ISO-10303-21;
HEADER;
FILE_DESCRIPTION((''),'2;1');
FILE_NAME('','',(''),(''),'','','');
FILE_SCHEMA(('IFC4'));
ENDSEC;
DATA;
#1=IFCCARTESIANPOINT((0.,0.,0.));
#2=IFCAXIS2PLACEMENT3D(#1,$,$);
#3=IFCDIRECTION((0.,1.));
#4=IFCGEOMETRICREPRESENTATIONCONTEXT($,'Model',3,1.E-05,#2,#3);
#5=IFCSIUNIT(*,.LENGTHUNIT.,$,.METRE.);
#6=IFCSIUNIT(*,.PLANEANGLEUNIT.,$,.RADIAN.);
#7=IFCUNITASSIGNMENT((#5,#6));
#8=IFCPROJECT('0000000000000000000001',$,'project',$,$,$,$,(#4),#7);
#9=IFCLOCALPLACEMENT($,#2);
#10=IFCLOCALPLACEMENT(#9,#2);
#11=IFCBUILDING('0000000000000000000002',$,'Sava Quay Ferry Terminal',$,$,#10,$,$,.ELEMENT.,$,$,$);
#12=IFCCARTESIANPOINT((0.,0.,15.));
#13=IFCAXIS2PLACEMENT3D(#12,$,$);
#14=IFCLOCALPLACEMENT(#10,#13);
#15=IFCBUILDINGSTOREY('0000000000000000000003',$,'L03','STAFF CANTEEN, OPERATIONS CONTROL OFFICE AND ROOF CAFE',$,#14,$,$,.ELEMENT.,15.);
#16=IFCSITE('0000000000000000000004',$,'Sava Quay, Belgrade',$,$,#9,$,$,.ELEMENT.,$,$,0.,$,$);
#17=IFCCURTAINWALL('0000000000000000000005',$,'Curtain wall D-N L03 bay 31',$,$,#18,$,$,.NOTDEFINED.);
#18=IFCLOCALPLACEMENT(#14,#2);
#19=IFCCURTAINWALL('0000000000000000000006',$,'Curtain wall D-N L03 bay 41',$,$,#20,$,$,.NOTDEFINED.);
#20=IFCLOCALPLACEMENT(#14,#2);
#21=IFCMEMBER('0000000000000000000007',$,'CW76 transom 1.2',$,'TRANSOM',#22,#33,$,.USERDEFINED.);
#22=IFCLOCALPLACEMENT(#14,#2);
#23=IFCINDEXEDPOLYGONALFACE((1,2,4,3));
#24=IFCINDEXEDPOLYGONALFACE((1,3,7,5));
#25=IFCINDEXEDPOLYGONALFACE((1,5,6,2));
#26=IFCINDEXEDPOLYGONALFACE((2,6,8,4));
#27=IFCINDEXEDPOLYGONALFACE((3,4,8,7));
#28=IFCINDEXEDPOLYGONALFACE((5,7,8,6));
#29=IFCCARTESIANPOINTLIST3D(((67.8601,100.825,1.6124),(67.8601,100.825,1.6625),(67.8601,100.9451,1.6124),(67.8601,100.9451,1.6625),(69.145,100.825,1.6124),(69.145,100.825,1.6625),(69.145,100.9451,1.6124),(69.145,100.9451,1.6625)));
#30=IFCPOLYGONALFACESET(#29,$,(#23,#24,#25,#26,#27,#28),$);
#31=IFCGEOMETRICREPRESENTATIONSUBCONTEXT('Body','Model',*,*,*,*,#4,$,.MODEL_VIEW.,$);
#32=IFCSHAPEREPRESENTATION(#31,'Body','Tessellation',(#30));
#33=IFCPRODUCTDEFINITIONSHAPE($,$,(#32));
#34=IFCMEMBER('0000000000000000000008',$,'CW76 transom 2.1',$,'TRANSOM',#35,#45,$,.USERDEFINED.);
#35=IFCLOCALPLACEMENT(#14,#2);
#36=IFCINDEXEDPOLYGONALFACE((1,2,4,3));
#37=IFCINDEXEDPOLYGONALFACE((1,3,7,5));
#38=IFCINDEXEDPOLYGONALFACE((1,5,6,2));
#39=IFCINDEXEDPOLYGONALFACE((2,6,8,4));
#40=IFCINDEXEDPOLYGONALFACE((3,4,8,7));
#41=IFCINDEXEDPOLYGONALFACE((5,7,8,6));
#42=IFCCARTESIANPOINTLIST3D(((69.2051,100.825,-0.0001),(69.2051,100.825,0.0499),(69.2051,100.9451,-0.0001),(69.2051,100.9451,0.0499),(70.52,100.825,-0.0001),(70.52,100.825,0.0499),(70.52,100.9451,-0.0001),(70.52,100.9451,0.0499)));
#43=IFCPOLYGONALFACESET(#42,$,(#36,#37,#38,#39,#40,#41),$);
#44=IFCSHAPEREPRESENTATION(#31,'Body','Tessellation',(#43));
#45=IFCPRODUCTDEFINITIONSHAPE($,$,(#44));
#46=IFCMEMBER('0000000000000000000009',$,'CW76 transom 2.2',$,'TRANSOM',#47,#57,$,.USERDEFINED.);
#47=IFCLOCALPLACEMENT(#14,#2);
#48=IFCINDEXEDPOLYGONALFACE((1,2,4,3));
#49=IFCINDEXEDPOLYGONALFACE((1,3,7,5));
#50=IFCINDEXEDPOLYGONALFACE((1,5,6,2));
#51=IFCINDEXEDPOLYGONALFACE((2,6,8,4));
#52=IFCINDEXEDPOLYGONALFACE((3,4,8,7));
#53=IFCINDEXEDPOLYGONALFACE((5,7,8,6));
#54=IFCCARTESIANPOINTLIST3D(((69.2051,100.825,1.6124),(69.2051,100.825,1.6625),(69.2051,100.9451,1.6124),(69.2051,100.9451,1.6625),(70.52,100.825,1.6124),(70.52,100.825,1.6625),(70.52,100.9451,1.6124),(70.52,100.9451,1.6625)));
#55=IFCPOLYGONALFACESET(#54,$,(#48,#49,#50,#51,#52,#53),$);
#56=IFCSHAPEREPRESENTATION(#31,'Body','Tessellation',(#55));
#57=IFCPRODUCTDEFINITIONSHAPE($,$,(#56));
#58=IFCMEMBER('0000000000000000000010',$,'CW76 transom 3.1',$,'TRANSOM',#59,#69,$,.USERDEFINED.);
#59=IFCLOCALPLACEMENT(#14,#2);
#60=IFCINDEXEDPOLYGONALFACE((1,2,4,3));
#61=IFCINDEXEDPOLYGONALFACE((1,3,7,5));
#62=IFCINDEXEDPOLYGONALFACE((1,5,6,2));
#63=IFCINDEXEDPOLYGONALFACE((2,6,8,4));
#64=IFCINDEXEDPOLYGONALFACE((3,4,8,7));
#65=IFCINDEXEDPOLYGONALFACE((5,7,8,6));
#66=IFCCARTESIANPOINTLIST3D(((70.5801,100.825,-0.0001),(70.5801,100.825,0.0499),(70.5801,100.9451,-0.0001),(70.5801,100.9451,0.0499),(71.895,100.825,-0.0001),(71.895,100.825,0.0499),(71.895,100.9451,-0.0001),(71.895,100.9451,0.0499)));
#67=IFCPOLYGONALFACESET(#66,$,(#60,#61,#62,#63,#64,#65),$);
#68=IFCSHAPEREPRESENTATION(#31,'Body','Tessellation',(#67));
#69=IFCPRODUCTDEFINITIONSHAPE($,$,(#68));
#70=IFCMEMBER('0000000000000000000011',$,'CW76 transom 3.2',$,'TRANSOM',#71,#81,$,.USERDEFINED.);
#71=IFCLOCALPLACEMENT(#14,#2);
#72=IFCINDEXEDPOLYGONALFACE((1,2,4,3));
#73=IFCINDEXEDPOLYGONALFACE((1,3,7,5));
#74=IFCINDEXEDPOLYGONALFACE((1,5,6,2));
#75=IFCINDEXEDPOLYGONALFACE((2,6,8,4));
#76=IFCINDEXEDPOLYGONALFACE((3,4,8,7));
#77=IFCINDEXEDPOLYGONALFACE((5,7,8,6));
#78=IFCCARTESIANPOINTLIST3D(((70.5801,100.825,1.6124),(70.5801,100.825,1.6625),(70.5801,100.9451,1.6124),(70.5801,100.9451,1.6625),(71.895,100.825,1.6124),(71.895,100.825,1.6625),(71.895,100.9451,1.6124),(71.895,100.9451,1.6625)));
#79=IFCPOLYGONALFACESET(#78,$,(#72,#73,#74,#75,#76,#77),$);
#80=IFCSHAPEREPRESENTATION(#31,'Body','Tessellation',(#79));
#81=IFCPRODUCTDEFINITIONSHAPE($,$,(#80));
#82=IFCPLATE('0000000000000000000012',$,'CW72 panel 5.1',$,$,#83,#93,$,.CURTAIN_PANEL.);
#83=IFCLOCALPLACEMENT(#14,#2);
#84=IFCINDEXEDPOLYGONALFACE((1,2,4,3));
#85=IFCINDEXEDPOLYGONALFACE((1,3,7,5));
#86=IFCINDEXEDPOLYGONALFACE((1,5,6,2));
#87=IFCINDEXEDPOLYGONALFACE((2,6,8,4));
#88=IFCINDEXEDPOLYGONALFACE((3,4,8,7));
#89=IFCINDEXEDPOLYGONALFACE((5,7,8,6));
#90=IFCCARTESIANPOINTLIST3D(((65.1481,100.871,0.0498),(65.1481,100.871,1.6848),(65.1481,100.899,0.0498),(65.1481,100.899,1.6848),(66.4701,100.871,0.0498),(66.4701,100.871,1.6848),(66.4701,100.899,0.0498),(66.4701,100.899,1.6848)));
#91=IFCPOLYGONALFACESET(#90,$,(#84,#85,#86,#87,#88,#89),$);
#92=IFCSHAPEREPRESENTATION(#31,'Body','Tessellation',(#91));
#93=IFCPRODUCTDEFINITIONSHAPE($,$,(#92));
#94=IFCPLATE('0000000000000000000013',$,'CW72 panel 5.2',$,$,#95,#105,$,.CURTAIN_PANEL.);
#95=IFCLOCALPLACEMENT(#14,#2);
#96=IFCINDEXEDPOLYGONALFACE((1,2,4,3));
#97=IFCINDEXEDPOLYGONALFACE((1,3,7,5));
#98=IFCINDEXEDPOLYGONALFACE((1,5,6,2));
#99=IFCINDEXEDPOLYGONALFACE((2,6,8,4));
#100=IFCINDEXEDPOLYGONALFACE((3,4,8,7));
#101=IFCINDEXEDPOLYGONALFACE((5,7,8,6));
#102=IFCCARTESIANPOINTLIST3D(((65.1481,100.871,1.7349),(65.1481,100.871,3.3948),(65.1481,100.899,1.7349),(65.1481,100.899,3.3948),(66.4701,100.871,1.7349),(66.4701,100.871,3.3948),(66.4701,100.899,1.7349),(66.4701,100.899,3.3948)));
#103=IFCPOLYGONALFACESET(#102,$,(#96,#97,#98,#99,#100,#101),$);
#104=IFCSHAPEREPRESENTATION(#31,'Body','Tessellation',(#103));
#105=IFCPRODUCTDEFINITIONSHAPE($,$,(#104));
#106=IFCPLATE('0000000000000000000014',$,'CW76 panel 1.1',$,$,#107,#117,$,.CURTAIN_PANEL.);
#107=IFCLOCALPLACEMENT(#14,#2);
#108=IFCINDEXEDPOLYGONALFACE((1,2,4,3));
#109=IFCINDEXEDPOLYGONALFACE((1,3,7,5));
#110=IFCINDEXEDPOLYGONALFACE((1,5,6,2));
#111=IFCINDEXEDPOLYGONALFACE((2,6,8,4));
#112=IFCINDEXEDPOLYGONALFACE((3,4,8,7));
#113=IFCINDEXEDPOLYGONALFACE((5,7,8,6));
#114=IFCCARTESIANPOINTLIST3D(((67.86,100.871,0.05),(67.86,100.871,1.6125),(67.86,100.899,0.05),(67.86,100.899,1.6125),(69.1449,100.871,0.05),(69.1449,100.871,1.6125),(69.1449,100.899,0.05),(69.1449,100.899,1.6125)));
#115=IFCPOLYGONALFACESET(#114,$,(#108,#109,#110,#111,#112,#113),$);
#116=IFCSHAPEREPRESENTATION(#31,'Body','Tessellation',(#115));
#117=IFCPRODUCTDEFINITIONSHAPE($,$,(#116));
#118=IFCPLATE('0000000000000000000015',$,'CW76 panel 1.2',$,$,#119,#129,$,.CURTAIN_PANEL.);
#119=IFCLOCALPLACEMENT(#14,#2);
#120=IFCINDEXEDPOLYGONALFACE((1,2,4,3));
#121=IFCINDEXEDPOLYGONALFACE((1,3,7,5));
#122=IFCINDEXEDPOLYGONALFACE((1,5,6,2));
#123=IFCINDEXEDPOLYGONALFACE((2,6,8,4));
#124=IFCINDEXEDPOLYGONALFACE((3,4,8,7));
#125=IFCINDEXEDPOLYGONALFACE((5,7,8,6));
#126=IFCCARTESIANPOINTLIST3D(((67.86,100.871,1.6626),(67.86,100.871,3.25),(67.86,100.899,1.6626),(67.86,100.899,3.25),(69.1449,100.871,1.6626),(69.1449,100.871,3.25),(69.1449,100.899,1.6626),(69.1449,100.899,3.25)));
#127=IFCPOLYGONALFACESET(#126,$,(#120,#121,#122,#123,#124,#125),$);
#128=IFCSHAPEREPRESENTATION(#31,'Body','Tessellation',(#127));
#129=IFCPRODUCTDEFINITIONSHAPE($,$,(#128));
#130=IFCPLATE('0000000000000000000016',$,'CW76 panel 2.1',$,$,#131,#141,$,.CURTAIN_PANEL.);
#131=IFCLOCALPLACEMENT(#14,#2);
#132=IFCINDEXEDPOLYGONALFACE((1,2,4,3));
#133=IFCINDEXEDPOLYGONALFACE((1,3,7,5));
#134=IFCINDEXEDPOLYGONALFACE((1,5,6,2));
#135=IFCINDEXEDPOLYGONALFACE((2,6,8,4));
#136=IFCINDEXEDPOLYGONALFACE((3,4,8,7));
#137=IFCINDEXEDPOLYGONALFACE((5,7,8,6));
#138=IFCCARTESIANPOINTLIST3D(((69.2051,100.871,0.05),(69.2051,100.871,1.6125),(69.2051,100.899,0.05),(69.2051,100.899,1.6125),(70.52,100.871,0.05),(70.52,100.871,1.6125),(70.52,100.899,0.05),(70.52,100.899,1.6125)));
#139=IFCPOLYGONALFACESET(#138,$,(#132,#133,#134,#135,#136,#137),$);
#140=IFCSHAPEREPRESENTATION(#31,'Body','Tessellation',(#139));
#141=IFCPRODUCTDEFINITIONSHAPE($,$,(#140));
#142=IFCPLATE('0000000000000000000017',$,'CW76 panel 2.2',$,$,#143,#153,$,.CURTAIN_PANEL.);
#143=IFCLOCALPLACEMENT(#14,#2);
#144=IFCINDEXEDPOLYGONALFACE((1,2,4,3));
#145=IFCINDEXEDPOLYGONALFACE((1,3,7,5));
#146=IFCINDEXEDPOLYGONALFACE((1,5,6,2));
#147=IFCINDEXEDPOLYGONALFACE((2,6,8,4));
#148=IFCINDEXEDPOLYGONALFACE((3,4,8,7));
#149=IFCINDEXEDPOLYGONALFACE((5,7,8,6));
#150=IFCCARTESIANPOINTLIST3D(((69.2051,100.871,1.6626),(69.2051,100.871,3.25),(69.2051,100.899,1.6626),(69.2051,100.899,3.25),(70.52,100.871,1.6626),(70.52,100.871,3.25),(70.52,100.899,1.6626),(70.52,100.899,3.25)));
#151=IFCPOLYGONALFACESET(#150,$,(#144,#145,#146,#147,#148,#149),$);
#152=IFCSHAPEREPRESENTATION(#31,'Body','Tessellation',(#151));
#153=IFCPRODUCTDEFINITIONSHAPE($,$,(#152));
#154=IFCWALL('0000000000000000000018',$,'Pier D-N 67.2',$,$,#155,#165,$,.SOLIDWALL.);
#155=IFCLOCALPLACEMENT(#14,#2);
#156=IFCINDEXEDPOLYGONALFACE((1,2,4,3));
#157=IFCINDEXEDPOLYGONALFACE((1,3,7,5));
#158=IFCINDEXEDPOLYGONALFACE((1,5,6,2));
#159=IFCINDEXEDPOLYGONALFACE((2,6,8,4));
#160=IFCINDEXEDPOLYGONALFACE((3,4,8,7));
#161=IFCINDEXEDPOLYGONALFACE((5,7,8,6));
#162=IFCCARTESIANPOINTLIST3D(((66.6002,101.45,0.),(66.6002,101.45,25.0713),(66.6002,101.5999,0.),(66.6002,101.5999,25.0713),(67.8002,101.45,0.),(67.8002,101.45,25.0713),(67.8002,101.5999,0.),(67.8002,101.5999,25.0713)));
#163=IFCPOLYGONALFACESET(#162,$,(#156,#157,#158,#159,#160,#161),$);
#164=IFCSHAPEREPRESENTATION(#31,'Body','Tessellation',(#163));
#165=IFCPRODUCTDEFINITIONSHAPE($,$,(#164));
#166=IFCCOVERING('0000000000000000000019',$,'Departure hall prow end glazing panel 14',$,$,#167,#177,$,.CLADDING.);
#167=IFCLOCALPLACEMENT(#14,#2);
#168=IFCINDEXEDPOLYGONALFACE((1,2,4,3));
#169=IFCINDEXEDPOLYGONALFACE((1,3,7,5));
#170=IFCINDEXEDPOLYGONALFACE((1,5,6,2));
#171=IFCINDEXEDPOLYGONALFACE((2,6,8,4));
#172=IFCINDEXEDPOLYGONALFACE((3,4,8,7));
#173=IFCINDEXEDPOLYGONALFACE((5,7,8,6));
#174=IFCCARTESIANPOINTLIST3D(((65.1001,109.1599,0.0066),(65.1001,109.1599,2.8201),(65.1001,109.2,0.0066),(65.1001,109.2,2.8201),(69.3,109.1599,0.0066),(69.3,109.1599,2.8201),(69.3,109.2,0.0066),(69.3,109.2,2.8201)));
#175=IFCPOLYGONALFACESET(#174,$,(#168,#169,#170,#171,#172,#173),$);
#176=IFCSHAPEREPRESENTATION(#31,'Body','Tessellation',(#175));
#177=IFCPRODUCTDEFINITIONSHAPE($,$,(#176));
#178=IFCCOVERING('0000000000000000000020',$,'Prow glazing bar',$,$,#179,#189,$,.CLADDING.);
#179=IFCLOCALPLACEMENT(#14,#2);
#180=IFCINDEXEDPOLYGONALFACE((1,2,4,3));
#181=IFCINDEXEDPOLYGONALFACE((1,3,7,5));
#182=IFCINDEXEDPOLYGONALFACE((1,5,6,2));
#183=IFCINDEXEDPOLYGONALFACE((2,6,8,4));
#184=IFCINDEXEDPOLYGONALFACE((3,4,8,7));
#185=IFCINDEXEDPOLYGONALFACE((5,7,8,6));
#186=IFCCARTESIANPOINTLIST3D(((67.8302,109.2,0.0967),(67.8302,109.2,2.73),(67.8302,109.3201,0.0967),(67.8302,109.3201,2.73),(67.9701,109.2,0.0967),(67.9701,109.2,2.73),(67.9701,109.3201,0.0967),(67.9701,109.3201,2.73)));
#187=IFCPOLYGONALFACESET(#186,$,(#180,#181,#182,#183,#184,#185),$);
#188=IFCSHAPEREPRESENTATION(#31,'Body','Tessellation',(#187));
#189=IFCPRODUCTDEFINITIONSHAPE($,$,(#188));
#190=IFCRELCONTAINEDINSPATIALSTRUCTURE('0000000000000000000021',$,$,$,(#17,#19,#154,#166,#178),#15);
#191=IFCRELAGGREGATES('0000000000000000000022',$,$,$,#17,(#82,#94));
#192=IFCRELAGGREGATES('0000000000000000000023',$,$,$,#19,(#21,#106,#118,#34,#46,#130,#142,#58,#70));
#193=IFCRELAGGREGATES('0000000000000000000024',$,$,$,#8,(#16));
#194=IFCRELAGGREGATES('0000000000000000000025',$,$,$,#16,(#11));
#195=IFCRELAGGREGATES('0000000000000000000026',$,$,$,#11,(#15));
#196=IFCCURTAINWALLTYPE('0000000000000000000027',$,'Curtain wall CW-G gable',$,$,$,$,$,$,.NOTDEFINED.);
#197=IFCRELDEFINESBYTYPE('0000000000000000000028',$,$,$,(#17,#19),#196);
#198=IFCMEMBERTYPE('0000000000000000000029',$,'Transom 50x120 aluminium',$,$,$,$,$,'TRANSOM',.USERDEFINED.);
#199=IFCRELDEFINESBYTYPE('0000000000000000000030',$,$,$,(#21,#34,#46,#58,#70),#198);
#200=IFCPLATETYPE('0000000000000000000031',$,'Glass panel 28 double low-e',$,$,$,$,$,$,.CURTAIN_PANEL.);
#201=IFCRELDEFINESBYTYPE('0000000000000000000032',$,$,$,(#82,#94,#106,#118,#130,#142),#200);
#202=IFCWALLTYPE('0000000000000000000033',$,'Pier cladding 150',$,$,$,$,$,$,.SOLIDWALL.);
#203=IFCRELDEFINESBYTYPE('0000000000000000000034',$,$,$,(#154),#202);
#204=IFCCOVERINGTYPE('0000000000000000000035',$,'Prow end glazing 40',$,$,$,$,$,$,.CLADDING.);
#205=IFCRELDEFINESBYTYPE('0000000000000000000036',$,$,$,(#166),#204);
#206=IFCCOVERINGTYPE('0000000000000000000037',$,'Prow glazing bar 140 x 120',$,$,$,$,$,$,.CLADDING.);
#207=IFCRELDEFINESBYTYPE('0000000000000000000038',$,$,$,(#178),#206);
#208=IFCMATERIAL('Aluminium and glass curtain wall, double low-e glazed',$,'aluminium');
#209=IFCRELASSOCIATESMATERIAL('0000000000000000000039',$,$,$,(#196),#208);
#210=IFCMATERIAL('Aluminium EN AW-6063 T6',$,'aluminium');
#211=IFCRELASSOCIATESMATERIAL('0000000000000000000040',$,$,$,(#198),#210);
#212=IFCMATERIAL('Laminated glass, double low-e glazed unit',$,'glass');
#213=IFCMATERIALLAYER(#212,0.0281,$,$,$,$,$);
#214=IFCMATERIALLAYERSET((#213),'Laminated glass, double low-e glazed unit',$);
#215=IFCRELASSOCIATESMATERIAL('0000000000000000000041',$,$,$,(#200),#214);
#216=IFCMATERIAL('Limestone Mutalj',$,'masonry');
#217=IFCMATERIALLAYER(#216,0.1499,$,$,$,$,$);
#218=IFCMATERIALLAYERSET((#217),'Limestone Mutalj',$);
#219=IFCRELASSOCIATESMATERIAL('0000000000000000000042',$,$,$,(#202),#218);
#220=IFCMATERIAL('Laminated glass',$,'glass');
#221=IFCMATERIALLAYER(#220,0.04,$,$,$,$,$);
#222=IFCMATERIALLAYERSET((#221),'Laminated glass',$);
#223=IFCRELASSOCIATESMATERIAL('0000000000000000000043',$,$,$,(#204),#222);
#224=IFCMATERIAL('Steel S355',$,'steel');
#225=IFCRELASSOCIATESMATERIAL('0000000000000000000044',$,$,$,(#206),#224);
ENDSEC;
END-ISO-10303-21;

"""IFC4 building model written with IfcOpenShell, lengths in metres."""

from ifc_helpers import new_model, si_unit, direction, frame, frame_2d, origin, origin_2d, place, context, subcontext, project, spatial, polyline, rectangle, outline, extrude, material, layer, layer_set, material_profile, profile_set, type_object, element, aggregate, save


model = new_model("IFC4")

# Units and contexts
model_context = context("Model", 3, precision=1e-05, world=origin(), true_north=direction((0.0, 1.0)))
body_context = subcontext(model_context, "Body", "Model", "MODEL_VIEW")
ifc_project = project(units=[si_unit("LENGTHUNIT", "METRE"), si_unit("PLANEANGLEUNIT", "RADIAN")], contexts=[model_context])

# Site, building, storey
site_placement = place(None, origin())
site = spatial("IfcSite", under=ifc_project, at=site_placement, Name="Sava Quay, Belgrade", CompositionType="ELEMENT", RefElevation=0.0)
building_placement = place(site_placement, origin())
building = spatial("IfcBuilding", under=site, at=building_placement, Name="Sava Quay Ferry Terminal", CompositionType="ELEMENT")
storey_placement = place(building_placement, frame((0.0, 0.0, 15.0)))
storey = spatial("IfcBuildingStorey", under=building, at=storey_placement, Name="L03", Description="STAFF CANTEEN, OPERATIONS CONTROL OFFICE AND ROOF CAFE", CompositionType="ELEMENT", Elevation=15.0)

# Curtain walls
ifc_material_1 = material(Name="Aluminium and glass curtain wall, double low-e glazed", Category="aluminium")
curtain_wall_type = type_object("IfcCurtainWallType", Name="Curtain wall CW-G gable", PredefinedType="NOTDEFINED", material=ifc_material_1)
curtain_wall_1_placement = place(storey_placement, origin())
curtain_wall_1 = element("IfcCurtainWall", 1, at=curtain_wall_1_placement, inside=storey, type_object=curtain_wall_type, Name="Curtain wall D-N L03 bay 31", PredefinedType="NOTDEFINED")
curtain_wall_2_placement = place(storey_placement, origin())
curtain_wall_2 = element("IfcCurtainWall", 2, at=curtain_wall_2_placement, inside=storey, type_object=curtain_wall_type, Name="Curtain wall D-N L03 bay 41", PredefinedType="NOTDEFINED")

# Members
ifc_material_2 = material(Name="Aluminium EN AW-6063 T6", Category="aluminium")
ifc_material_profile_1 = material_profile(ifc_material_2, rectangle(XDim=0.1201, YDim=0.05, at=origin_2d()), Name="Transom 50x120 aluminium")
ifc_profile_set_1 = profile_set([ifc_material_profile_1], Name="Aluminium EN AW-6063 T6")
member_type_1 = type_object("IfcMemberType", Name="Transom 50x120 aluminium", ElementType="TRANSOM", PredefinedType="USERDEFINED", material=ifc_profile_set_1)
member_1_placement = place(storey_placement, frame((67.8601, 100.885, 1.6375), z_axis=(1.0, 0.0, 0.0), x_axis=(0.0, 1.0, 0.0)))
member_1 = element("IfcMember", 3, at=member_1_placement, type_object=member_type_1, Name="CW76 transom 1.2", ObjectType="TRANSOM", PredefinedType="USERDEFINED", context=body_context, shape_type="SweptSolid", body=[
    extrude(rectangle(XDim=0.1201, YDim=0.05, at=origin_2d()), origin(), (0.0, 0.0, 1.0), 1.2849),
])
member_2_placement = place(storey_placement, frame((69.2051, 100.885, 0.0249), z_axis=(1.0, 0.0, 0.0), x_axis=(0.0, 1.0, 0.0)))
member_2 = element("IfcMember", 4, at=member_2_placement, type_object=member_type_1, Name="CW76 transom 2.1", ObjectType="TRANSOM", PredefinedType="USERDEFINED", context=body_context, shape_type="SweptSolid", body=[
    extrude(rectangle(XDim=0.1201, YDim=0.05, at=origin_2d()), origin(), (0.0, 0.0, 1.0), 1.3149),
])
member_3_placement = place(storey_placement, frame((69.2051, 100.885, 1.6375), z_axis=(1.0, 0.0, 0.0), x_axis=(0.0, 1.0, 0.0)))
member_3 = element("IfcMember", 5, at=member_3_placement, type_object=member_type_1, Name="CW76 transom 2.2", ObjectType="TRANSOM", PredefinedType="USERDEFINED", context=body_context, shape_type="SweptSolid", body=[
    extrude(rectangle(XDim=0.1201, YDim=0.05, at=origin_2d()), origin(), (0.0, 0.0, 1.0), 1.3149),
])
member_4_placement = place(storey_placement, frame((70.5801, 100.885, 0.0249), z_axis=(1.0, 0.0, 0.0), x_axis=(0.0, 1.0, 0.0)))
member_4 = element("IfcMember", 6, at=member_4_placement, type_object=member_type_1, Name="CW76 transom 3.1", ObjectType="TRANSOM", PredefinedType="USERDEFINED", context=body_context, shape_type="SweptSolid", body=[
    extrude(rectangle(XDim=0.1201, YDim=0.05, at=origin_2d()), origin(), (0.0, 0.0, 1.0), 1.3149),
])
member_5_placement = place(storey_placement, frame((70.5801, 100.885, 1.6375), z_axis=(1.0, 0.0, 0.0), x_axis=(0.0, 1.0, 0.0)))
member_5 = element("IfcMember", 7, at=member_5_placement, type_object=member_type_1, Name="CW76 transom 3.2", ObjectType="TRANSOM", PredefinedType="USERDEFINED", context=body_context, shape_type="SweptSolid", body=[
    extrude(rectangle(XDim=0.1201, YDim=0.05, at=origin_2d()), origin(), (0.0, 0.0, 1.0), 1.3149),
])

# Plates
ifc_material_3 = material(Name="Laminated glass, double low-e glazed unit", Category="glass")
ifc_layer_1 = layer(ifc_material_3, 0.0281)
ifc_layer_set_1 = layer_set([ifc_layer_1], Name="Laminated glass, double low-e glazed unit")
plate_type = type_object("IfcPlateType", Name="Glass panel 28 double low-e", PredefinedType="CURTAIN_PANEL", material=ifc_layer_set_1)
plate_1_placement = place(storey_placement, frame((65.8091, 100.885, 0.0498), z_axis=(0.0, 0.0, 1.0), x_axis=(1.0, 0.0, 0.0)))
plate_1 = element("IfcPlate", 8, at=plate_1_placement, type_object=plate_type, Name="CW72 panel 5.1", PredefinedType="CURTAIN_PANEL", context=body_context, shape_type="SweptSolid", body=[
    extrude(rectangle(XDim=1.322, YDim=0.0281, at=origin_2d()), origin(), (0.0, 0.0, 1.0), 1.635),
])
plate_2_placement = place(storey_placement, frame((65.8091, 100.885, 1.7349), z_axis=(0.0, 0.0, 1.0), x_axis=(1.0, 0.0, 0.0)))
plate_2 = element("IfcPlate", 9, at=plate_2_placement, type_object=plate_type, Name="CW72 panel 5.2", PredefinedType="CURTAIN_PANEL", context=body_context, shape_type="SweptSolid", body=[
    extrude(rectangle(XDim=1.322, YDim=0.0281, at=origin_2d()), origin(), (0.0, 0.0, 1.0), 1.6599),
])
aggregate(curtain_wall_1, [plate_1, plate_2])
plate_3_placement = place(storey_placement, frame((68.5024, 100.885, 0.05), z_axis=(0.0, 0.0, 1.0), x_axis=(1.0, 0.0, 0.0)))
plate_3 = element("IfcPlate", 10, at=plate_3_placement, type_object=plate_type, Name="CW76 panel 1.1", PredefinedType="CURTAIN_PANEL", context=body_context, shape_type="SweptSolid", body=[
    extrude(rectangle(XDim=1.2849, YDim=0.0281, at=origin_2d()), origin(), (0.0, 0.0, 1.0), 1.5625),
])
plate_4_placement = place(storey_placement, frame((68.5024, 100.885, 1.6626), z_axis=(0.0, 0.0, 1.0), x_axis=(1.0, 0.0, 0.0)))
plate_4 = element("IfcPlate", 11, at=plate_4_placement, type_object=plate_type, Name="CW76 panel 1.2", PredefinedType="CURTAIN_PANEL", context=body_context, shape_type="SweptSolid", body=[
    extrude(rectangle(XDim=1.2849, YDim=0.0281, at=origin_2d()), origin(), (0.0, 0.0, 1.0), 1.5874),
])
plate_5_placement = place(storey_placement, frame((69.8625, 100.885, 0.05), z_axis=(0.0, 0.0, 1.0), x_axis=(1.0, 0.0, 0.0)))
plate_5 = element("IfcPlate", 12, at=plate_5_placement, type_object=plate_type, Name="CW76 panel 2.1", PredefinedType="CURTAIN_PANEL", context=body_context, shape_type="SweptSolid", body=[
    extrude(rectangle(XDim=1.3149, YDim=0.0281, at=origin_2d()), origin(), (0.0, 0.0, 1.0), 1.5625),
])
plate_6_placement = place(storey_placement, frame((69.8625, 100.885, 1.6626), z_axis=(0.0, 0.0, 1.0), x_axis=(1.0, 0.0, 0.0)))
plate_6 = element("IfcPlate", 13, at=plate_6_placement, type_object=plate_type, Name="CW76 panel 2.2", PredefinedType="CURTAIN_PANEL", context=body_context, shape_type="SweptSolid", body=[
    extrude(rectangle(XDim=1.3149, YDim=0.0281, at=origin_2d()), origin(), (0.0, 0.0, 1.0), 1.5874),
])
aggregate(curtain_wall_2, [member_1, plate_3, plate_4, member_2, member_3, plate_5, plate_6, member_4, member_5])

# Wall
ifc_material_4 = material(Name="Limestone Mutalj", Category="masonry")
ifc_layer_2 = layer(ifc_material_4, 0.1499)
ifc_layer_set_2 = layer_set([ifc_layer_2], Name="Limestone Mutalj")
wall_type = type_object("IfcWallType", Name="Pier cladding 150", PredefinedType="SOLIDWALL", material=ifc_layer_set_2)
wall_placement = place(storey_placement, frame((66.6001, 101.5249, 0.0), z_axis=(0.0, 0.0, 1.0), x_axis=(1.0, 0.0, 0.0)))
element("IfcWall", 14, at=wall_placement, inside=storey, type_object=wall_type, Name="Pier D-N 67.2", PredefinedType="SOLIDWALL", context=body_context, shape_type="SweptSolid", body=[
    extrude(rectangle(XDim=1.2, YDim=0.1499, at=frame_2d((0.6001, 0.0))), origin(), (0.0, 0.0, 1.0), 25.0713),
])

# Coverings
ifc_material_5 = material(Name="Laminated glass", Category="glass")
ifc_layer_3 = layer(ifc_material_5, 0.04)
ifc_layer_set_3 = layer_set([ifc_layer_3], Name="Laminated glass")
covering_type_1 = type_object("IfcCoveringType", Name="Prow end glazing 40", PredefinedType="CLADDING", material=ifc_layer_set_3)
covering_placement = place(storey_placement, frame((65.1001, 109.2, 0.0066), z_axis=(0.0, 1.0, 0.0), x_axis=(0.0, 0.0, 1.0)))
element("IfcCovering", 15, at=covering_placement, inside=storey, type_object=covering_type_1, Name="Departure hall prow end glazing panel 14", PredefinedType="CLADDING", context=body_context, shape_type="SweptSolid", body=[
    extrude(outline(polyline([(0.0, 0.0), (2.8135, 0.0), (2.8135, 4.2), (0.0, 4.2), (0.0, 0.0)])), origin(), (0.0, 0.0, -1.0), 0.04),
])
ifc_material_6 = material(Name="Steel S355", Category="steel")
ifc_material_profile_2 = material_profile(ifc_material_6, rectangle(XDim=0.1399, YDim=0.1201, at=origin_2d()), Name="Strip 140 x 120")
ifc_profile_set_2 = profile_set([ifc_material_profile_2], Name="Steel S355")
covering_type_2 = type_object("IfcCoveringType", Name="Prow glazing bar 140 x 120", PredefinedType="CLADDING", material=ifc_profile_set_2)
for number, where, z_axis, x_axis, name in (
    (16, (67.9001, 109.26, 0.0967), (0.0, 0.0, 1.0), (1.0, 0.0, 0.0), "Prow glazing bar"),
):
    element("IfcCovering", number, at=place(storey_placement, frame(where, z_axis=z_axis, x_axis=x_axis)), inside=storey, type_object=covering_type_2, Name=name, PredefinedType="CLADDING", context=body_context, shape_type="SweptSolid", body=[
        extrude(rectangle(XDim=0.1399, YDim=0.1201, at=origin_2d()), origin(), (0.0, 0.0, 1.0), 2.6333),
    ])

save(model, "model.ifc")
